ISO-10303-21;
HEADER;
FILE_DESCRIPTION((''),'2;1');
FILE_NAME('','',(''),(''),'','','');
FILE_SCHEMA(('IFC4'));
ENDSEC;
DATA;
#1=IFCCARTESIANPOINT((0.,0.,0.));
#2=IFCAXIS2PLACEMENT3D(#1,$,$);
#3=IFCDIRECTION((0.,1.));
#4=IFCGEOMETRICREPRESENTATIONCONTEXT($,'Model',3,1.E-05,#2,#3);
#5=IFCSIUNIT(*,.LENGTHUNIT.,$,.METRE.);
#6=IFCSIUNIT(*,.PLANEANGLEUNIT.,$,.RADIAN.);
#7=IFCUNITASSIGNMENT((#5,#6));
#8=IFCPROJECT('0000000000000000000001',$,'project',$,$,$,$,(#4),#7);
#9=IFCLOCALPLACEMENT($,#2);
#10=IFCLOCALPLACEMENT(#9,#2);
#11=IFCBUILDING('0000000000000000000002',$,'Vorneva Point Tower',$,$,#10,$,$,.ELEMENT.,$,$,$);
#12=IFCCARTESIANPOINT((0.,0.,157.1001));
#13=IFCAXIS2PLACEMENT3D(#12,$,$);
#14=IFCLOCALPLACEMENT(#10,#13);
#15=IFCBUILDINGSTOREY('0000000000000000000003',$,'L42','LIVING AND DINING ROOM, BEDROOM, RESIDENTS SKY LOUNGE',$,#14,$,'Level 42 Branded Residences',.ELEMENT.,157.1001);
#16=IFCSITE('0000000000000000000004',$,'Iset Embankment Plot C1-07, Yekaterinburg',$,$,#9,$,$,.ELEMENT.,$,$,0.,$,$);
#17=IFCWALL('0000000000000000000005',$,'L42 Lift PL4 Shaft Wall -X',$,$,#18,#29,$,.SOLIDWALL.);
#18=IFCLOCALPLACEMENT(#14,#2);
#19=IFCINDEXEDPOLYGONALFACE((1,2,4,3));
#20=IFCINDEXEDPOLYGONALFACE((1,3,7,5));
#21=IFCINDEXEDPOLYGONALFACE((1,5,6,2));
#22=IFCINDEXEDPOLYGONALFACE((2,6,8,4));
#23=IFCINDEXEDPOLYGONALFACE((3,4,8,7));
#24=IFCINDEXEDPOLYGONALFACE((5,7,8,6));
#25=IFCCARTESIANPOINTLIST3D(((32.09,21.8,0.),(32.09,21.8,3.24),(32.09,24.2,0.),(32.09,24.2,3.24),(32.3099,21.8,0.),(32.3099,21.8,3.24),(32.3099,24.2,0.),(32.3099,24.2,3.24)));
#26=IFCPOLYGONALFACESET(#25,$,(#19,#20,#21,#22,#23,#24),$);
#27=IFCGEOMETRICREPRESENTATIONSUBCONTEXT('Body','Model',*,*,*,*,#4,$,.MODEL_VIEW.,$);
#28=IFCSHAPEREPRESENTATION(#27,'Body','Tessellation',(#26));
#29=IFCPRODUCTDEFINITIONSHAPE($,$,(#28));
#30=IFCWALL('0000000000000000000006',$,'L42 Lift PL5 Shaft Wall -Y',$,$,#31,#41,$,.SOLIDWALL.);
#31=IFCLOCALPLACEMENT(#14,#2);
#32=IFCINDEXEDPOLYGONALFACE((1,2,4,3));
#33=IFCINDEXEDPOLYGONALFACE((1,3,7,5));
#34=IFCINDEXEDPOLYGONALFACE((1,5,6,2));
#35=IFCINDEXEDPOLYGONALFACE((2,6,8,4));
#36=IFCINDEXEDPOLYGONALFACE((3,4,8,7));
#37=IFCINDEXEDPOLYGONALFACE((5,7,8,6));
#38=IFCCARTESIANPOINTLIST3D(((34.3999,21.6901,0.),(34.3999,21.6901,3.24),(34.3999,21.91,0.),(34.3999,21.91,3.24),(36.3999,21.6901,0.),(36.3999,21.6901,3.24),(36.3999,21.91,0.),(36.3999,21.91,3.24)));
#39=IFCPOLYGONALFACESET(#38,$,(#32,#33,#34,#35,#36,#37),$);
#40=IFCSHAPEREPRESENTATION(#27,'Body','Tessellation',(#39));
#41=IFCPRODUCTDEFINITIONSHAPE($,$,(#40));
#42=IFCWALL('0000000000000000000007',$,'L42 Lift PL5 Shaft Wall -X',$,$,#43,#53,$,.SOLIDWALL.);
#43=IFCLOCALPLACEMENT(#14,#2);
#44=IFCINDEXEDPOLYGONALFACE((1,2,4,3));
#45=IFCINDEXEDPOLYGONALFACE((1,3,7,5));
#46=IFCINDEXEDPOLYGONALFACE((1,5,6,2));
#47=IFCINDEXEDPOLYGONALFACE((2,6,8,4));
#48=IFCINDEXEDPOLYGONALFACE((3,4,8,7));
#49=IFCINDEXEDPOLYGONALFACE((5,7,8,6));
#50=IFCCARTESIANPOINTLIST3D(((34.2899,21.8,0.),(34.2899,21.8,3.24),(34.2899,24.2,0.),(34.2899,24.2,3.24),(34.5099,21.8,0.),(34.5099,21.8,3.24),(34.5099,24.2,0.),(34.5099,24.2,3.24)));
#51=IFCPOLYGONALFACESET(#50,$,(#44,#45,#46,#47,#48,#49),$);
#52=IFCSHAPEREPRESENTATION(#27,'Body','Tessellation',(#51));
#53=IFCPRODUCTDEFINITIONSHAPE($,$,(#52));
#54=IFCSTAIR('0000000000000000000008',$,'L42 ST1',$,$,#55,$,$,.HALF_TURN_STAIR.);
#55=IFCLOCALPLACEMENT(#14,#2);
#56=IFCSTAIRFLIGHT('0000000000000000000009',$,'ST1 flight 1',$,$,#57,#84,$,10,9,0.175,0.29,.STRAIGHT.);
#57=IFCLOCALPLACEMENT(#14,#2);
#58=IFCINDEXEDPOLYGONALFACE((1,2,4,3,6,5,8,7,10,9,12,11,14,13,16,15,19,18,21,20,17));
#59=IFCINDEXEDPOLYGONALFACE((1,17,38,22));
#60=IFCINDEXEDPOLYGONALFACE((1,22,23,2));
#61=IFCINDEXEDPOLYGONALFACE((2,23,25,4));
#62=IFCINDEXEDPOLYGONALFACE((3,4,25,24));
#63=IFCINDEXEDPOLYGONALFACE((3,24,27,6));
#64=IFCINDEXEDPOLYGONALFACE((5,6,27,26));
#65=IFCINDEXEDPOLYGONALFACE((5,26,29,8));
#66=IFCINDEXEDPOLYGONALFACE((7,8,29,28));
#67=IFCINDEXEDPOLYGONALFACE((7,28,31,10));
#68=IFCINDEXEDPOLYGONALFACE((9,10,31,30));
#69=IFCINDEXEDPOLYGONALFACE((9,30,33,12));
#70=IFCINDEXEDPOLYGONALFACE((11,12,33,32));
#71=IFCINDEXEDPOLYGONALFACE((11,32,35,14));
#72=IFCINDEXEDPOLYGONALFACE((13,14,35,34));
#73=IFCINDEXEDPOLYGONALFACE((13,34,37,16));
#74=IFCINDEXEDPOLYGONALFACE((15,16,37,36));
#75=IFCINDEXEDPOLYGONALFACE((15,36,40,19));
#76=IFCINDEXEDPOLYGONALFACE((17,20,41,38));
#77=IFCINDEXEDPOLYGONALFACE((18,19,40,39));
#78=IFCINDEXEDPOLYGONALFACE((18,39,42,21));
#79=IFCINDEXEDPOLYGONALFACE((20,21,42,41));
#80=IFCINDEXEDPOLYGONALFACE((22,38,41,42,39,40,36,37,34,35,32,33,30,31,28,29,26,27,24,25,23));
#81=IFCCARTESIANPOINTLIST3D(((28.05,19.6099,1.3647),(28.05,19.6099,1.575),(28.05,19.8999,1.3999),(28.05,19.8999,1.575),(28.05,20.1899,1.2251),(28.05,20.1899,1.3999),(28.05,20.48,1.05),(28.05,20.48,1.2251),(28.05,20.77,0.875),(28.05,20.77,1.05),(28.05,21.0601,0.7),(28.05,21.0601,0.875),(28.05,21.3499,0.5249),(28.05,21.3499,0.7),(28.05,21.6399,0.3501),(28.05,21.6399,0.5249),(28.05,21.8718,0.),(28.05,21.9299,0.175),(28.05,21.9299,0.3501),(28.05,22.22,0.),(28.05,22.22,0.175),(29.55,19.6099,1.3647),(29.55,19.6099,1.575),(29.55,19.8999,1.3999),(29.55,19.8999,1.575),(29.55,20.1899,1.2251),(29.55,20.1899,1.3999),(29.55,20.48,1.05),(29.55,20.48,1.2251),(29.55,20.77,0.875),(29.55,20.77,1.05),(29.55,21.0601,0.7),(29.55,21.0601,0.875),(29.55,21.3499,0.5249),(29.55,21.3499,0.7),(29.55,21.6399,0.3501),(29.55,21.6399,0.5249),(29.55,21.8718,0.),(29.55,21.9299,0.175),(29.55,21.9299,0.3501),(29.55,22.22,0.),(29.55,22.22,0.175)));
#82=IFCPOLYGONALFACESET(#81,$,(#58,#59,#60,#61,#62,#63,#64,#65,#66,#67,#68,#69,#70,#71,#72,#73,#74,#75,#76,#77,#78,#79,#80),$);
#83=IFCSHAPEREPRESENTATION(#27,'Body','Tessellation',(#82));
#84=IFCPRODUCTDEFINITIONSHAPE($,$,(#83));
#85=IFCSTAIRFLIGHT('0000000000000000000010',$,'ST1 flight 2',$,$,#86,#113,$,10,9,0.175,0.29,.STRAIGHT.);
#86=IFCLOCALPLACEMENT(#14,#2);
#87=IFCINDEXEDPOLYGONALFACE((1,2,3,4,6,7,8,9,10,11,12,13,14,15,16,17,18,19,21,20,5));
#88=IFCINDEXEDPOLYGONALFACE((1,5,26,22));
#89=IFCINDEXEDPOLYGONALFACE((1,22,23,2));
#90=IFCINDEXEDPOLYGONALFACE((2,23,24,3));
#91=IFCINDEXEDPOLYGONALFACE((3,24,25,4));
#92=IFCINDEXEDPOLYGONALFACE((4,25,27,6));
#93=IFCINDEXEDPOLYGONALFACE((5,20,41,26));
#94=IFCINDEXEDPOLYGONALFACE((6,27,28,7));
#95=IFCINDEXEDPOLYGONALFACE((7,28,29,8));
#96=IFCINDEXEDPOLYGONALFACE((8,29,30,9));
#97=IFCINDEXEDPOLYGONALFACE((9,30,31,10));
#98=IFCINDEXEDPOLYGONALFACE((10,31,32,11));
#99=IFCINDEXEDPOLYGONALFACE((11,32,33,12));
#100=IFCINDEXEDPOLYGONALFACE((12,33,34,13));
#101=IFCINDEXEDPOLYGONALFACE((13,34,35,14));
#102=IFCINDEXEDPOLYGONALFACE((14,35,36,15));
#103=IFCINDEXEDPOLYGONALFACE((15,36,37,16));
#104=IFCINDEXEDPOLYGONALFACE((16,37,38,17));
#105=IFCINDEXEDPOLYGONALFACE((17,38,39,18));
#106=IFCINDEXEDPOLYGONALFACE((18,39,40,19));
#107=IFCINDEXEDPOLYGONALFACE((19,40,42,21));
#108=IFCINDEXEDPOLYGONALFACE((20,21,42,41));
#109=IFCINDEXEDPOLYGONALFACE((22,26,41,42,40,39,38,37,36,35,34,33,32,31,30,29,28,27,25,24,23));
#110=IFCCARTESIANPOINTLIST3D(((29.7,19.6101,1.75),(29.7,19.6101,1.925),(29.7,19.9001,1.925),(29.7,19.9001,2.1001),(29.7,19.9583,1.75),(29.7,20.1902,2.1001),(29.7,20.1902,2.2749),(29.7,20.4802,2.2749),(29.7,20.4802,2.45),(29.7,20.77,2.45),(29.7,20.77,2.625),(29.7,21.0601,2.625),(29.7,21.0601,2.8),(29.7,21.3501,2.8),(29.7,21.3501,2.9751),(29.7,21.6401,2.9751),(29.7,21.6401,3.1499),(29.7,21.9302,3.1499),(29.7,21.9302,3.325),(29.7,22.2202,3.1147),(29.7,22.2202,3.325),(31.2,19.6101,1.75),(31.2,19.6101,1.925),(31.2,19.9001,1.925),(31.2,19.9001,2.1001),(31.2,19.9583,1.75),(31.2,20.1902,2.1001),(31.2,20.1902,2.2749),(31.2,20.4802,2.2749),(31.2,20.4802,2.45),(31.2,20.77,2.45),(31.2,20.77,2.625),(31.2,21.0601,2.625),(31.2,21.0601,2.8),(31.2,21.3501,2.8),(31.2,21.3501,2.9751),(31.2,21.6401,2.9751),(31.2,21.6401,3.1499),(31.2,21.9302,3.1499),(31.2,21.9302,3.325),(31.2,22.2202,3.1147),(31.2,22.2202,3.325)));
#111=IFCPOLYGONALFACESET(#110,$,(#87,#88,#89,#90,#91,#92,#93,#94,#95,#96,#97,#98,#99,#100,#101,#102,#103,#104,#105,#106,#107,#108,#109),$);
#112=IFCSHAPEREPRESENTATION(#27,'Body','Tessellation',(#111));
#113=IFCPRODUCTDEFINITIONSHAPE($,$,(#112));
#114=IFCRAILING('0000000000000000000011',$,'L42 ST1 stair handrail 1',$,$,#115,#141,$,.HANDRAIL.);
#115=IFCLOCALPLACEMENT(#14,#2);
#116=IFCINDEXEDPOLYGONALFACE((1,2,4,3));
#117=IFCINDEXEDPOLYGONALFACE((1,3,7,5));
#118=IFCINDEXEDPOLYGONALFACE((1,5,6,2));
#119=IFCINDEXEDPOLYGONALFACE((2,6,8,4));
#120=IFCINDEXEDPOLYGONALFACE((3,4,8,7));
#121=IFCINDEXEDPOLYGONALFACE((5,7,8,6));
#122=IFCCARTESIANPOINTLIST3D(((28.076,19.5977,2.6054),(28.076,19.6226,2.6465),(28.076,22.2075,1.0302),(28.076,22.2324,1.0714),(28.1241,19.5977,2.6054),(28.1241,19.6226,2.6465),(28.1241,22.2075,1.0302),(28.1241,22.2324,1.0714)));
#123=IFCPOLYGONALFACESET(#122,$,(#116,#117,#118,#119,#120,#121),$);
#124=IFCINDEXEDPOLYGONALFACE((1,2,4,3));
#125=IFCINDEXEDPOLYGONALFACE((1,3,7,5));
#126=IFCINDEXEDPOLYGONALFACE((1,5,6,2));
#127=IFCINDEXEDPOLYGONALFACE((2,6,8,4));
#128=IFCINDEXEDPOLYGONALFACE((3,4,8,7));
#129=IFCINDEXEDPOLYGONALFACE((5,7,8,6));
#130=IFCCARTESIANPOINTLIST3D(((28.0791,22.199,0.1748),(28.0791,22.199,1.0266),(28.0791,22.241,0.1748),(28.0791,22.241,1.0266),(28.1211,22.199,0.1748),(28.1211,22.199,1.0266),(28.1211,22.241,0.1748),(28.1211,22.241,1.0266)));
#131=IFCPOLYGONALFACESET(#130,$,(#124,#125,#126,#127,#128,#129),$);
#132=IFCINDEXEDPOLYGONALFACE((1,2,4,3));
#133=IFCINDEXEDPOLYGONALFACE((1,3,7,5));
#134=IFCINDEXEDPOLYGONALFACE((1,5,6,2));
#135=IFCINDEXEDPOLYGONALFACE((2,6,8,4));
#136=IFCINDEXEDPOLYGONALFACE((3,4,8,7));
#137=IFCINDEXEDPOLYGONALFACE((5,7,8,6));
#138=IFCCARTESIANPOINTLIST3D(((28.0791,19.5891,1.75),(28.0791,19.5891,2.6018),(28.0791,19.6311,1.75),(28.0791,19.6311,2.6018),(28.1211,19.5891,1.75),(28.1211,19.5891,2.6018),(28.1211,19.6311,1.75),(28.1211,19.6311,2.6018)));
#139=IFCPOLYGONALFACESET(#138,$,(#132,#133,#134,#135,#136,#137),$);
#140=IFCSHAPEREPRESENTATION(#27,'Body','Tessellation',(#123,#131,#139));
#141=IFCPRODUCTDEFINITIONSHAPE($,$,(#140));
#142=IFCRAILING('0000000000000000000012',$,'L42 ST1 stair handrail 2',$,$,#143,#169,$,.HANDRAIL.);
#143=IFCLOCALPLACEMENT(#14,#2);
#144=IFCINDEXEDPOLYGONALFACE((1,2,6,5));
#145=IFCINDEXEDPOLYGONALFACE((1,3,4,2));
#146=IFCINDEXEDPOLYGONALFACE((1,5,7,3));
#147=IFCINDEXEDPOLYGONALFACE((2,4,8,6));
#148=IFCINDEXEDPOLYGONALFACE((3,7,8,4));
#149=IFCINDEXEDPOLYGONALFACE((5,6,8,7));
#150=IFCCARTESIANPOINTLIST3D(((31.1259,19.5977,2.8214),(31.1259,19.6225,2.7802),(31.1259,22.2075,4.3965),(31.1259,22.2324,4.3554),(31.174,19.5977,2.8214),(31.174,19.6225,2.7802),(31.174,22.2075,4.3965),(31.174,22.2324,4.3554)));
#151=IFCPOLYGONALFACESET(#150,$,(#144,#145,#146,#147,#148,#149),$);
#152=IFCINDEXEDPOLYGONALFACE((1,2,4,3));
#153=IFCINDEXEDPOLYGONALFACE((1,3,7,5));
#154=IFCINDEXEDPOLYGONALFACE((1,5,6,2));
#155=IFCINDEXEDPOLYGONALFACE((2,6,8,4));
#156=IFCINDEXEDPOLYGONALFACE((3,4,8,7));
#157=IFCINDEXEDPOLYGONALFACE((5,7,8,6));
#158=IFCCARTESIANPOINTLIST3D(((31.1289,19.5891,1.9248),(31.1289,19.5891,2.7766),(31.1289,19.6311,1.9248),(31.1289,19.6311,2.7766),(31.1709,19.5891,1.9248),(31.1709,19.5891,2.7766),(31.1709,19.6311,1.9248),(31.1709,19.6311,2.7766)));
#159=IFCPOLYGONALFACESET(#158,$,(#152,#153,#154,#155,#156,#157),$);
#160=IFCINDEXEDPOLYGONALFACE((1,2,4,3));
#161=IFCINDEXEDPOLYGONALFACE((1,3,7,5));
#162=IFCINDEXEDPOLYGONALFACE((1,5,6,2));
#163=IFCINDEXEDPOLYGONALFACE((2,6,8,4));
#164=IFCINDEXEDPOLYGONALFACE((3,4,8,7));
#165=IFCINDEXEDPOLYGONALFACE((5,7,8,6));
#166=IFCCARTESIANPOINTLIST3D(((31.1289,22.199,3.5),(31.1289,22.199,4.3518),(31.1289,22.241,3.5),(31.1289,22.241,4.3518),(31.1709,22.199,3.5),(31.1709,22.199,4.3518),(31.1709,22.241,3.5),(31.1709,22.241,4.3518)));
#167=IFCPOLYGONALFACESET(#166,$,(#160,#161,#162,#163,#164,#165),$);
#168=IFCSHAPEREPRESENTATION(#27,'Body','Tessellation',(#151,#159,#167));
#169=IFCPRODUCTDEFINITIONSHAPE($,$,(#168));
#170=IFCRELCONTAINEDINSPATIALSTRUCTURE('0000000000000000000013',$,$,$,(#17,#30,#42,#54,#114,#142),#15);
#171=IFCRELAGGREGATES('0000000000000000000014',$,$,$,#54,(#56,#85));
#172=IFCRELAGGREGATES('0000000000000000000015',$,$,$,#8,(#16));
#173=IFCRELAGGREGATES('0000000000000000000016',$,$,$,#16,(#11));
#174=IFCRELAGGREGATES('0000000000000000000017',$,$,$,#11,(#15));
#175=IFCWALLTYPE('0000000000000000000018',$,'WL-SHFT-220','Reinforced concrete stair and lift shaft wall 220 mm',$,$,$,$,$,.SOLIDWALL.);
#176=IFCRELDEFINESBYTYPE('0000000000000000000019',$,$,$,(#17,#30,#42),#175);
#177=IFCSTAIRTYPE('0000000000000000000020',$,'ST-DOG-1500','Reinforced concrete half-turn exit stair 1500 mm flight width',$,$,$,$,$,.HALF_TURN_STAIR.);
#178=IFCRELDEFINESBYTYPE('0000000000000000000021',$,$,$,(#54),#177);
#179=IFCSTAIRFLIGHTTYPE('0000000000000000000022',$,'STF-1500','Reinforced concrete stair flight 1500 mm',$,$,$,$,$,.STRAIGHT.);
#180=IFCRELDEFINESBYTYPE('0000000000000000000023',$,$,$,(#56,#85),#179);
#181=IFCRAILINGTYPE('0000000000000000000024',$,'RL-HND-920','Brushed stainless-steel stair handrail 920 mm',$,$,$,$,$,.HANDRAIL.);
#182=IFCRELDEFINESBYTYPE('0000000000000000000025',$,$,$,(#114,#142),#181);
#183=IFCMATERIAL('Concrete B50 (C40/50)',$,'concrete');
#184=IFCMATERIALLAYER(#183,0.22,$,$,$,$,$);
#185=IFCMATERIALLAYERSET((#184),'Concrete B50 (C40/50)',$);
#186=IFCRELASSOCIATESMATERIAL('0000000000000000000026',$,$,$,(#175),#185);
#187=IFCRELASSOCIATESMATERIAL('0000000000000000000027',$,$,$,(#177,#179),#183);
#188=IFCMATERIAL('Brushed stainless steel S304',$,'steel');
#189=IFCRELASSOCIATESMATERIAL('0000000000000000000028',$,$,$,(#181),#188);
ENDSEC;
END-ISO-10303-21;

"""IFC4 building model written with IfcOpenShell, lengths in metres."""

from ifc_helpers import new_model, si_unit, direction, frame, frame_2d, origin, origin_2d, place, context, subcontext, project, spatial, polyline, rectangle, outline, extrude, material, layer, layer_set, type_object, element, aggregate, save


model = new_model("IFC4")

# Units and contexts
model_context = context("Model", 3, precision=1e-05, world=origin(), true_north=direction((0.0, 1.0)))
body_context = subcontext(model_context, "Body", "Model", "MODEL_VIEW")
ifc_project = project(units=[si_unit("LENGTHUNIT", "METRE"), si_unit("PLANEANGLEUNIT", "RADIAN")], contexts=[model_context])

# Site, building, storey
site_placement = place(None, origin())
site = spatial("IfcSite", under=ifc_project, at=site_placement, Name="Iset Embankment Plot C1-07, Yekaterinburg", CompositionType="ELEMENT", RefElevation=0.0)
building_placement = place(site_placement, origin())
building = spatial("IfcBuilding", under=site, at=building_placement, Name="Vorneva Point Tower", CompositionType="ELEMENT")
storey_placement = place(building_placement, frame((0.0, 0.0, 157.1001)))
storey = spatial("IfcBuildingStorey", under=building, at=storey_placement, Name="L42", Description="LIVING AND DINING ROOM, BEDROOM, RESIDENTS SKY LOUNGE", LongName="Level 42 Branded Residences", CompositionType="ELEMENT", Elevation=157.1001)

# Shared definitions
ifc_material_1 = material(Name="Concrete B50 (C40/50)", Category="concrete")
ifc_layer_1 = layer(ifc_material_1, 0.22)
ifc_layer_set_1 = layer_set([ifc_layer_1], Name="Concrete B50 (C40/50)")
wall_type_1 = type_object("IfcWallType", Name="WL-SHFT-220", Description="Reinforced concrete stair and lift shaft wall 220 mm", PredefinedType="SOLIDWALL", material=ifc_layer_set_1)

# Shared definitions
ifc_material_2 = material(Name="Brushed stainless steel S304", Category="steel")

# Walls
wall_1_placement = place(storey_placement, frame((32.2, 24.2, 0.0), z_axis=(0.0, 0.0, 1.0), x_axis=(0.0, -1.0, 0.0)))
element("IfcWall", 1, at=wall_1_placement, inside=storey, type_object=wall_type_1, Name="L42 Lift PL4 Shaft Wall -X", PredefinedType="SOLIDWALL", context=body_context, shape_type="SweptSolid", body=[
    extrude(rectangle(XDim=2.3999, YDim=0.22, at=frame_2d((1.2, 0.0))), origin(), (0.0, 0.0, 1.0), 3.24),
])
wall_2_placement = place(storey_placement, frame((34.3999, 21.8, 0.0), z_axis=(0.0, 0.0, 1.0), x_axis=(1.0, 0.0, 0.0)))
element("IfcWall", 2, at=wall_2_placement, inside=storey, type_object=wall_type_1, Name="L42 Lift PL5 Shaft Wall -Y", PredefinedType="SOLIDWALL", context=body_context, shape_type="SweptSolid", body=[
    extrude(rectangle(XDim=2.0, YDim=0.22, at=frame_2d((1.0, 0.0))), origin(), (0.0, 0.0, 1.0), 3.24),
])
wall_3_placement = place(storey_placement, frame((34.3999, 24.2, 0.0), z_axis=(0.0, 0.0, 1.0), x_axis=(0.0, -1.0, 0.0)))
element("IfcWall", 3, at=wall_3_placement, inside=storey, type_object=wall_type_1, Name="L42 Lift PL5 Shaft Wall -X", PredefinedType="SOLIDWALL", context=body_context, shape_type="SweptSolid", body=[
    extrude(rectangle(XDim=2.3999, YDim=0.22, at=frame_2d((1.2, 0.0))), origin(), (0.0, 0.0, 1.0), 3.24),
])

# Stair, stair flights
stair_type = type_object("IfcStairType", Name="ST-DOG-1500", Description="Reinforced concrete half-turn exit stair 1500 mm flight width", PredefinedType="HALF_TURN_STAIR", material=ifc_material_1)
stair_placement = place(storey_placement, origin())
stair = element("IfcStair", 4, at=stair_placement, inside=storey, type_object=stair_type, Name="L42 ST1", PredefinedType="HALF_TURN_STAIR")
stair_flight_type = type_object("IfcStairFlightType", Name="STF-1500", Description="Reinforced concrete stair flight 1500 mm", PredefinedType="STRAIGHT", material=ifc_material_1)
stair_flight_1_placement = place(storey_placement, frame((28.8, 22.22, 0.0), z_axis=(0.0, 0.0, 1.0), x_axis=(0.0, -1.0, 0.0)))
stair_flight_1 = element("IfcStairFlight", 5, at=stair_flight_1_placement, type_object=stair_flight_type, Name="ST1 flight 1", NumberOfRisers=10, NumberOfTreads=9, PredefinedType="STRAIGHT", RiserHeight=0.175, TreadLength=0.29, context=body_context, shape_type="SweptSolid", body=[
    extrude(outline(polyline([(0.0, 0.0), (0.0, 0.175), (0.29, 0.175), (0.29, 0.3501), (0.5801, 0.3501), (0.5801, 0.5249), (0.8701, 0.5249), (0.8701, 0.7), (1.1599, 0.7), (1.1599, 0.875), (1.45, 0.875), (1.45, 1.05), (1.74, 1.05), (1.74, 1.2251), (2.03, 1.2251), (2.03, 1.3999), (2.3201, 1.3999), (2.3201, 1.575), (2.6101, 1.575), (2.6101, 1.75), (2.6101, 1.3647), (0.3481, 0.0), (0.0, 0.0)])), frame((0.0, 0.75, 0.0), z_axis=(0.0, -1.0, 0.0), x_axis=(1.0, 0.0, 0.0)), (0.0, 0.0, 1.0), 1.5),
])
stair_flight_2_placement = place(storey_placement, frame((30.45, 19.6101, 1.75), z_axis=(0.0, 0.0, 1.0), x_axis=(0.0, 1.0, 0.0)))
stair_flight_2 = element("IfcStairFlight", 6, at=stair_flight_2_placement, type_object=stair_flight_type, Name="ST1 flight 2", NumberOfRisers=10, NumberOfTreads=9, PredefinedType="STRAIGHT", RiserHeight=0.175, TreadLength=0.29, context=body_context, shape_type="SweptSolid", body=[
    extrude(outline(polyline([(0.0, 0.0), (0.0, 0.175), (0.29, 0.175), (0.29, 0.3501), (0.5801, 0.3501), (0.5801, 0.5249), (0.8701, 0.5249), (0.8701, 0.7), (1.1599, 0.7), (1.1599, 0.875), (1.45, 0.875), (1.45, 1.05), (1.74, 1.05), (1.74, 1.2251), (2.03, 1.2251), (2.03, 1.3999), (2.3201, 1.3999), (2.3201, 1.575), (2.6101, 1.575), (2.6101, 1.75), (2.6101, 1.3647), (0.3481, 0.0), (0.0, 0.0)])), frame((0.0, 0.75, 0.0), z_axis=(0.0, -1.0, 0.0), x_axis=(1.0, 0.0, 0.0)), (0.0, 0.0, 1.0), 1.5),
])
aggregate(stair, [stair_flight_1, stair_flight_2])

# Railings
railing_type_1 = type_object("IfcRailingType", Name="RL-HND-920", Description="Brushed stainless-steel stair handrail 920 mm", PredefinedType="HANDRAIL", material=ifc_material_2)
railing_1_placement = place(storey_placement, frame((28.1001, 22.22, 0.1748)))
element("IfcRailing", 7, at=railing_1_placement, inside=storey, type_object=railing_type_1, Name="L42 ST1 stair handrail 1", PredefinedType="HANDRAIL", context=body_context, shape_type="SweptSolid", body=[
    extrude(rectangle(XDim=0.0481, YDim=0.0481, at=origin_2d()), frame((0.0, 0.0, 0.876), z_axis=(0.0, -0.856147, 0.516732), x_axis=(1.0, 0.0, 0.0)), (0.0, 0.0, 1.0), 3.0483),
    extrude(rectangle(XDim=0.042, YDim=0.042, at=origin_2d()), origin(), (0.0, 0.0, 1.0), 0.8518),
    extrude(rectangle(XDim=0.042, YDim=0.042, at=origin_2d()), frame((0.0, -2.6099, 1.5752)), (0.0, 0.0, 1.0), 0.8518),
])
railing_2_placement = place(storey_placement, frame((31.1499, 19.6101, 1.9248)))
element("IfcRailing", 8, at=railing_2_placement, inside=storey, type_object=railing_type_1, Name="L42 ST1 stair handrail 2", PredefinedType="HANDRAIL", context=body_context, shape_type="SweptSolid", body=[
    extrude(rectangle(XDim=0.0481, YDim=0.0481, at=origin_2d()), frame((0.0, 0.0, 0.876), z_axis=(0.0, 0.856147, 0.516732), x_axis=(-1.0, 0.0, 0.0)), (0.0, 0.0, 1.0), 3.0483),
    extrude(rectangle(XDim=0.042, YDim=0.042, at=origin_2d()), origin(), (0.0, 0.0, 1.0), 0.8518),
    extrude(rectangle(XDim=0.042, YDim=0.042, at=origin_2d()), frame((0.0, 2.6099, 1.5752)), (0.0, 0.0, 1.0), 0.8518),
])

save(model, "model.ifc")
